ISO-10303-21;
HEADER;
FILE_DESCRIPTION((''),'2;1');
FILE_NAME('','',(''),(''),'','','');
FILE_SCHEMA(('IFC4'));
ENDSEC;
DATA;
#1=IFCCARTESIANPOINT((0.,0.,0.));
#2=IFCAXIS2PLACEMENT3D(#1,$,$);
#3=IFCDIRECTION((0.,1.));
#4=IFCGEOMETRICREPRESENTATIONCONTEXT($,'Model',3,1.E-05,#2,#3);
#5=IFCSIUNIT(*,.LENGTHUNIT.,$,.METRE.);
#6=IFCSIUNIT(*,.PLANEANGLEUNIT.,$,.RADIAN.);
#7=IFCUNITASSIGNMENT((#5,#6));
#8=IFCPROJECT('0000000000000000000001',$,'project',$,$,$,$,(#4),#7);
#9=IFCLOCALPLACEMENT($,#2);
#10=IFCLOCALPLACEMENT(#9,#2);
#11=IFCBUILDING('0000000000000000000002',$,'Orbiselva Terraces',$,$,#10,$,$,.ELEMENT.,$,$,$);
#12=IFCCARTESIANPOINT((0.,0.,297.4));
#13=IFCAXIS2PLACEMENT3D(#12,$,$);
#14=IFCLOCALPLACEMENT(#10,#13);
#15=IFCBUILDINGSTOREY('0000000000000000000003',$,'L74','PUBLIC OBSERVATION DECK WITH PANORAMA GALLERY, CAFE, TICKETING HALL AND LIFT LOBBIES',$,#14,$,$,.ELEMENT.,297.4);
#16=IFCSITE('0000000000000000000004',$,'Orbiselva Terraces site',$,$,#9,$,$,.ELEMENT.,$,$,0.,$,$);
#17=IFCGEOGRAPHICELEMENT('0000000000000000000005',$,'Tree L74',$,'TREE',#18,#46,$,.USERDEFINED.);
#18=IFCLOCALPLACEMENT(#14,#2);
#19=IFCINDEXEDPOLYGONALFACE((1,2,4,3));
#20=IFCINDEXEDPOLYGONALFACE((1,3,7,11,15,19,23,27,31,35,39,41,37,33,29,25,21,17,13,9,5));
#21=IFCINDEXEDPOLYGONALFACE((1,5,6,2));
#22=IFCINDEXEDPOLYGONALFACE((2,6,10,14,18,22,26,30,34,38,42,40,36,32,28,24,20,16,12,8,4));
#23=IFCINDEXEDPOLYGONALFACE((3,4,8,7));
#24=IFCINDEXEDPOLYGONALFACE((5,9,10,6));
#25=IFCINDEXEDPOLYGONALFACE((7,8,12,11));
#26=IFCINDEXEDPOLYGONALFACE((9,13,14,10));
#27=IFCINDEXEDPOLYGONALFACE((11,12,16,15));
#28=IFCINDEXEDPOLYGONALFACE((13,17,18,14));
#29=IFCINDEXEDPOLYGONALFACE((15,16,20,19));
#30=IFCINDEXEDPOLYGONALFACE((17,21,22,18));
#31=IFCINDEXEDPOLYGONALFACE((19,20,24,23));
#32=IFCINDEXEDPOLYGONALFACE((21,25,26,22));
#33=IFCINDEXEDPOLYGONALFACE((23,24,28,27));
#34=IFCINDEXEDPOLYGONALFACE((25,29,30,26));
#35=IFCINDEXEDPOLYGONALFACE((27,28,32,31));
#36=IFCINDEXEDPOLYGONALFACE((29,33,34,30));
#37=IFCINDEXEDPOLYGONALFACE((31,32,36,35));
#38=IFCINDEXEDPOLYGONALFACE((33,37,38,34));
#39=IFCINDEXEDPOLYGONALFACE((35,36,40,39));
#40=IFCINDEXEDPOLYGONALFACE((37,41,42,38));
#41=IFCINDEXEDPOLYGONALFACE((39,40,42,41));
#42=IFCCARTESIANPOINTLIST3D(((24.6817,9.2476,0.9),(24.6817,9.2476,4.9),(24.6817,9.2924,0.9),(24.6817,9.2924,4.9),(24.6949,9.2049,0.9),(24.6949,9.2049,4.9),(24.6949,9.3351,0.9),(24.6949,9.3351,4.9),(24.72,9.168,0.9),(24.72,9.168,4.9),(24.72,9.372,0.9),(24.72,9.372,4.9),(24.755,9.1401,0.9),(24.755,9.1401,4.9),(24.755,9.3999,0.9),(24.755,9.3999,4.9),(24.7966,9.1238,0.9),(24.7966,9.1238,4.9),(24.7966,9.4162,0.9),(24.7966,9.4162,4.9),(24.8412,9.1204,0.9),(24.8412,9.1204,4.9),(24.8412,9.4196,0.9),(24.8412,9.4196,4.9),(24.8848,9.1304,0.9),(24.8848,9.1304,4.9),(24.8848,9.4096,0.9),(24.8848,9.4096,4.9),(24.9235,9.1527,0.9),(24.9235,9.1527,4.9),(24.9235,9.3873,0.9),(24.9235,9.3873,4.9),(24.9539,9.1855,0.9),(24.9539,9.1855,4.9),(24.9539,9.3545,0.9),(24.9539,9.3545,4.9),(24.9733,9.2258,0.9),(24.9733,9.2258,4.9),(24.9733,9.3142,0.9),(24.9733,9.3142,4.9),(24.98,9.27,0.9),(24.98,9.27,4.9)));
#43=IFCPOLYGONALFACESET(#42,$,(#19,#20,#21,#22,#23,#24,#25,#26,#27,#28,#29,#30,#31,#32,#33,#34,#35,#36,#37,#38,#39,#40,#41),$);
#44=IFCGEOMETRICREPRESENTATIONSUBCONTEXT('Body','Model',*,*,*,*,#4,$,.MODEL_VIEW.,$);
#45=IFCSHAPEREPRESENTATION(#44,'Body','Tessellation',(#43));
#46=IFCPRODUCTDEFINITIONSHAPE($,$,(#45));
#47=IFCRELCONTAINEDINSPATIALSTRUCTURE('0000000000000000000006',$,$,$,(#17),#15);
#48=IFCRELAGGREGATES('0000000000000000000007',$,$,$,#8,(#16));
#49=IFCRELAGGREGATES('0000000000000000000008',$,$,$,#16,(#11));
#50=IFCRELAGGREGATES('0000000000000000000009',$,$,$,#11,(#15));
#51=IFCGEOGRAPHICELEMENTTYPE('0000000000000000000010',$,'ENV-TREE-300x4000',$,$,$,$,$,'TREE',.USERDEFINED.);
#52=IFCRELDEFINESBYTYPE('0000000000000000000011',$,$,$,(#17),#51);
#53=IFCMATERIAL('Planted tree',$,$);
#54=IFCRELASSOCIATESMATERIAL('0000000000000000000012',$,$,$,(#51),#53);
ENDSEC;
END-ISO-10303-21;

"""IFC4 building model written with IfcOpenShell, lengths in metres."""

from ifc_helpers import new_model, si_unit, direction, frame, origin, origin_2d, place, context, subcontext, project, spatial, circle, extrude, material, type_object, element, save


model = new_model("IFC4")

# Units and contexts
model_context = context("Model", 3, precision=1e-05, world=origin(), true_north=direction((0.0, 1.0)))
body_context = subcontext(model_context, "Body", "Model", "MODEL_VIEW")
ifc_project = project(units=[si_unit("LENGTHUNIT", "METRE"), si_unit("PLANEANGLEUNIT", "RADIAN")], contexts=[model_context])

# Site, building, storey
site_placement = place(None, origin())
site = spatial("IfcSite", under=ifc_project, at=site_placement, Name="Orbiselva Terraces site", CompositionType="ELEMENT", RefElevation=0.0)
building_placement = place(site_placement, origin())
building = spatial("IfcBuilding", under=site, at=building_placement, Name="Orbiselva Terraces", CompositionType="ELEMENT")
storey_placement = place(building_placement, frame((0.0, 0.0, 297.4)))
storey = spatial("IfcBuildingStorey", under=building, at=storey_placement, Name="L74", Description="PUBLIC OBSERVATION DECK WITH PANORAMA GALLERY, CAFE, TICKETING HALL AND LIFT LOBBIES", CompositionType="ELEMENT", Elevation=297.4)

# Geographic element
ifc_material_1 = material(Name="Planted tree")
geographic_element_type = type_object("IfcGeographicElementType", Name="ENV-TREE-300x4000", ElementType="TREE", PredefinedType="USERDEFINED", material=ifc_material_1)
for number, where, z_axis, x_axis, name in (
    (1, (24.83, 9.27, 4.9), (0.0, 0.0, -1.0), (1.0, 0.0, 0.0), "Tree L74"),
):
    element("IfcGeographicElement", number, at=place(storey_placement, frame(where, z_axis=z_axis, x_axis=x_axis)), inside=storey, type_object=geographic_element_type, Name=name, ObjectType="TREE", PredefinedType="USERDEFINED", context=body_context, shape_type="SweptSolid", body=[
        extrude(circle(Radius=0.15, at=origin_2d()), origin(), (0.0, 0.0, 1.0), 4.0),
    ])

save(model, "model.ifc")
